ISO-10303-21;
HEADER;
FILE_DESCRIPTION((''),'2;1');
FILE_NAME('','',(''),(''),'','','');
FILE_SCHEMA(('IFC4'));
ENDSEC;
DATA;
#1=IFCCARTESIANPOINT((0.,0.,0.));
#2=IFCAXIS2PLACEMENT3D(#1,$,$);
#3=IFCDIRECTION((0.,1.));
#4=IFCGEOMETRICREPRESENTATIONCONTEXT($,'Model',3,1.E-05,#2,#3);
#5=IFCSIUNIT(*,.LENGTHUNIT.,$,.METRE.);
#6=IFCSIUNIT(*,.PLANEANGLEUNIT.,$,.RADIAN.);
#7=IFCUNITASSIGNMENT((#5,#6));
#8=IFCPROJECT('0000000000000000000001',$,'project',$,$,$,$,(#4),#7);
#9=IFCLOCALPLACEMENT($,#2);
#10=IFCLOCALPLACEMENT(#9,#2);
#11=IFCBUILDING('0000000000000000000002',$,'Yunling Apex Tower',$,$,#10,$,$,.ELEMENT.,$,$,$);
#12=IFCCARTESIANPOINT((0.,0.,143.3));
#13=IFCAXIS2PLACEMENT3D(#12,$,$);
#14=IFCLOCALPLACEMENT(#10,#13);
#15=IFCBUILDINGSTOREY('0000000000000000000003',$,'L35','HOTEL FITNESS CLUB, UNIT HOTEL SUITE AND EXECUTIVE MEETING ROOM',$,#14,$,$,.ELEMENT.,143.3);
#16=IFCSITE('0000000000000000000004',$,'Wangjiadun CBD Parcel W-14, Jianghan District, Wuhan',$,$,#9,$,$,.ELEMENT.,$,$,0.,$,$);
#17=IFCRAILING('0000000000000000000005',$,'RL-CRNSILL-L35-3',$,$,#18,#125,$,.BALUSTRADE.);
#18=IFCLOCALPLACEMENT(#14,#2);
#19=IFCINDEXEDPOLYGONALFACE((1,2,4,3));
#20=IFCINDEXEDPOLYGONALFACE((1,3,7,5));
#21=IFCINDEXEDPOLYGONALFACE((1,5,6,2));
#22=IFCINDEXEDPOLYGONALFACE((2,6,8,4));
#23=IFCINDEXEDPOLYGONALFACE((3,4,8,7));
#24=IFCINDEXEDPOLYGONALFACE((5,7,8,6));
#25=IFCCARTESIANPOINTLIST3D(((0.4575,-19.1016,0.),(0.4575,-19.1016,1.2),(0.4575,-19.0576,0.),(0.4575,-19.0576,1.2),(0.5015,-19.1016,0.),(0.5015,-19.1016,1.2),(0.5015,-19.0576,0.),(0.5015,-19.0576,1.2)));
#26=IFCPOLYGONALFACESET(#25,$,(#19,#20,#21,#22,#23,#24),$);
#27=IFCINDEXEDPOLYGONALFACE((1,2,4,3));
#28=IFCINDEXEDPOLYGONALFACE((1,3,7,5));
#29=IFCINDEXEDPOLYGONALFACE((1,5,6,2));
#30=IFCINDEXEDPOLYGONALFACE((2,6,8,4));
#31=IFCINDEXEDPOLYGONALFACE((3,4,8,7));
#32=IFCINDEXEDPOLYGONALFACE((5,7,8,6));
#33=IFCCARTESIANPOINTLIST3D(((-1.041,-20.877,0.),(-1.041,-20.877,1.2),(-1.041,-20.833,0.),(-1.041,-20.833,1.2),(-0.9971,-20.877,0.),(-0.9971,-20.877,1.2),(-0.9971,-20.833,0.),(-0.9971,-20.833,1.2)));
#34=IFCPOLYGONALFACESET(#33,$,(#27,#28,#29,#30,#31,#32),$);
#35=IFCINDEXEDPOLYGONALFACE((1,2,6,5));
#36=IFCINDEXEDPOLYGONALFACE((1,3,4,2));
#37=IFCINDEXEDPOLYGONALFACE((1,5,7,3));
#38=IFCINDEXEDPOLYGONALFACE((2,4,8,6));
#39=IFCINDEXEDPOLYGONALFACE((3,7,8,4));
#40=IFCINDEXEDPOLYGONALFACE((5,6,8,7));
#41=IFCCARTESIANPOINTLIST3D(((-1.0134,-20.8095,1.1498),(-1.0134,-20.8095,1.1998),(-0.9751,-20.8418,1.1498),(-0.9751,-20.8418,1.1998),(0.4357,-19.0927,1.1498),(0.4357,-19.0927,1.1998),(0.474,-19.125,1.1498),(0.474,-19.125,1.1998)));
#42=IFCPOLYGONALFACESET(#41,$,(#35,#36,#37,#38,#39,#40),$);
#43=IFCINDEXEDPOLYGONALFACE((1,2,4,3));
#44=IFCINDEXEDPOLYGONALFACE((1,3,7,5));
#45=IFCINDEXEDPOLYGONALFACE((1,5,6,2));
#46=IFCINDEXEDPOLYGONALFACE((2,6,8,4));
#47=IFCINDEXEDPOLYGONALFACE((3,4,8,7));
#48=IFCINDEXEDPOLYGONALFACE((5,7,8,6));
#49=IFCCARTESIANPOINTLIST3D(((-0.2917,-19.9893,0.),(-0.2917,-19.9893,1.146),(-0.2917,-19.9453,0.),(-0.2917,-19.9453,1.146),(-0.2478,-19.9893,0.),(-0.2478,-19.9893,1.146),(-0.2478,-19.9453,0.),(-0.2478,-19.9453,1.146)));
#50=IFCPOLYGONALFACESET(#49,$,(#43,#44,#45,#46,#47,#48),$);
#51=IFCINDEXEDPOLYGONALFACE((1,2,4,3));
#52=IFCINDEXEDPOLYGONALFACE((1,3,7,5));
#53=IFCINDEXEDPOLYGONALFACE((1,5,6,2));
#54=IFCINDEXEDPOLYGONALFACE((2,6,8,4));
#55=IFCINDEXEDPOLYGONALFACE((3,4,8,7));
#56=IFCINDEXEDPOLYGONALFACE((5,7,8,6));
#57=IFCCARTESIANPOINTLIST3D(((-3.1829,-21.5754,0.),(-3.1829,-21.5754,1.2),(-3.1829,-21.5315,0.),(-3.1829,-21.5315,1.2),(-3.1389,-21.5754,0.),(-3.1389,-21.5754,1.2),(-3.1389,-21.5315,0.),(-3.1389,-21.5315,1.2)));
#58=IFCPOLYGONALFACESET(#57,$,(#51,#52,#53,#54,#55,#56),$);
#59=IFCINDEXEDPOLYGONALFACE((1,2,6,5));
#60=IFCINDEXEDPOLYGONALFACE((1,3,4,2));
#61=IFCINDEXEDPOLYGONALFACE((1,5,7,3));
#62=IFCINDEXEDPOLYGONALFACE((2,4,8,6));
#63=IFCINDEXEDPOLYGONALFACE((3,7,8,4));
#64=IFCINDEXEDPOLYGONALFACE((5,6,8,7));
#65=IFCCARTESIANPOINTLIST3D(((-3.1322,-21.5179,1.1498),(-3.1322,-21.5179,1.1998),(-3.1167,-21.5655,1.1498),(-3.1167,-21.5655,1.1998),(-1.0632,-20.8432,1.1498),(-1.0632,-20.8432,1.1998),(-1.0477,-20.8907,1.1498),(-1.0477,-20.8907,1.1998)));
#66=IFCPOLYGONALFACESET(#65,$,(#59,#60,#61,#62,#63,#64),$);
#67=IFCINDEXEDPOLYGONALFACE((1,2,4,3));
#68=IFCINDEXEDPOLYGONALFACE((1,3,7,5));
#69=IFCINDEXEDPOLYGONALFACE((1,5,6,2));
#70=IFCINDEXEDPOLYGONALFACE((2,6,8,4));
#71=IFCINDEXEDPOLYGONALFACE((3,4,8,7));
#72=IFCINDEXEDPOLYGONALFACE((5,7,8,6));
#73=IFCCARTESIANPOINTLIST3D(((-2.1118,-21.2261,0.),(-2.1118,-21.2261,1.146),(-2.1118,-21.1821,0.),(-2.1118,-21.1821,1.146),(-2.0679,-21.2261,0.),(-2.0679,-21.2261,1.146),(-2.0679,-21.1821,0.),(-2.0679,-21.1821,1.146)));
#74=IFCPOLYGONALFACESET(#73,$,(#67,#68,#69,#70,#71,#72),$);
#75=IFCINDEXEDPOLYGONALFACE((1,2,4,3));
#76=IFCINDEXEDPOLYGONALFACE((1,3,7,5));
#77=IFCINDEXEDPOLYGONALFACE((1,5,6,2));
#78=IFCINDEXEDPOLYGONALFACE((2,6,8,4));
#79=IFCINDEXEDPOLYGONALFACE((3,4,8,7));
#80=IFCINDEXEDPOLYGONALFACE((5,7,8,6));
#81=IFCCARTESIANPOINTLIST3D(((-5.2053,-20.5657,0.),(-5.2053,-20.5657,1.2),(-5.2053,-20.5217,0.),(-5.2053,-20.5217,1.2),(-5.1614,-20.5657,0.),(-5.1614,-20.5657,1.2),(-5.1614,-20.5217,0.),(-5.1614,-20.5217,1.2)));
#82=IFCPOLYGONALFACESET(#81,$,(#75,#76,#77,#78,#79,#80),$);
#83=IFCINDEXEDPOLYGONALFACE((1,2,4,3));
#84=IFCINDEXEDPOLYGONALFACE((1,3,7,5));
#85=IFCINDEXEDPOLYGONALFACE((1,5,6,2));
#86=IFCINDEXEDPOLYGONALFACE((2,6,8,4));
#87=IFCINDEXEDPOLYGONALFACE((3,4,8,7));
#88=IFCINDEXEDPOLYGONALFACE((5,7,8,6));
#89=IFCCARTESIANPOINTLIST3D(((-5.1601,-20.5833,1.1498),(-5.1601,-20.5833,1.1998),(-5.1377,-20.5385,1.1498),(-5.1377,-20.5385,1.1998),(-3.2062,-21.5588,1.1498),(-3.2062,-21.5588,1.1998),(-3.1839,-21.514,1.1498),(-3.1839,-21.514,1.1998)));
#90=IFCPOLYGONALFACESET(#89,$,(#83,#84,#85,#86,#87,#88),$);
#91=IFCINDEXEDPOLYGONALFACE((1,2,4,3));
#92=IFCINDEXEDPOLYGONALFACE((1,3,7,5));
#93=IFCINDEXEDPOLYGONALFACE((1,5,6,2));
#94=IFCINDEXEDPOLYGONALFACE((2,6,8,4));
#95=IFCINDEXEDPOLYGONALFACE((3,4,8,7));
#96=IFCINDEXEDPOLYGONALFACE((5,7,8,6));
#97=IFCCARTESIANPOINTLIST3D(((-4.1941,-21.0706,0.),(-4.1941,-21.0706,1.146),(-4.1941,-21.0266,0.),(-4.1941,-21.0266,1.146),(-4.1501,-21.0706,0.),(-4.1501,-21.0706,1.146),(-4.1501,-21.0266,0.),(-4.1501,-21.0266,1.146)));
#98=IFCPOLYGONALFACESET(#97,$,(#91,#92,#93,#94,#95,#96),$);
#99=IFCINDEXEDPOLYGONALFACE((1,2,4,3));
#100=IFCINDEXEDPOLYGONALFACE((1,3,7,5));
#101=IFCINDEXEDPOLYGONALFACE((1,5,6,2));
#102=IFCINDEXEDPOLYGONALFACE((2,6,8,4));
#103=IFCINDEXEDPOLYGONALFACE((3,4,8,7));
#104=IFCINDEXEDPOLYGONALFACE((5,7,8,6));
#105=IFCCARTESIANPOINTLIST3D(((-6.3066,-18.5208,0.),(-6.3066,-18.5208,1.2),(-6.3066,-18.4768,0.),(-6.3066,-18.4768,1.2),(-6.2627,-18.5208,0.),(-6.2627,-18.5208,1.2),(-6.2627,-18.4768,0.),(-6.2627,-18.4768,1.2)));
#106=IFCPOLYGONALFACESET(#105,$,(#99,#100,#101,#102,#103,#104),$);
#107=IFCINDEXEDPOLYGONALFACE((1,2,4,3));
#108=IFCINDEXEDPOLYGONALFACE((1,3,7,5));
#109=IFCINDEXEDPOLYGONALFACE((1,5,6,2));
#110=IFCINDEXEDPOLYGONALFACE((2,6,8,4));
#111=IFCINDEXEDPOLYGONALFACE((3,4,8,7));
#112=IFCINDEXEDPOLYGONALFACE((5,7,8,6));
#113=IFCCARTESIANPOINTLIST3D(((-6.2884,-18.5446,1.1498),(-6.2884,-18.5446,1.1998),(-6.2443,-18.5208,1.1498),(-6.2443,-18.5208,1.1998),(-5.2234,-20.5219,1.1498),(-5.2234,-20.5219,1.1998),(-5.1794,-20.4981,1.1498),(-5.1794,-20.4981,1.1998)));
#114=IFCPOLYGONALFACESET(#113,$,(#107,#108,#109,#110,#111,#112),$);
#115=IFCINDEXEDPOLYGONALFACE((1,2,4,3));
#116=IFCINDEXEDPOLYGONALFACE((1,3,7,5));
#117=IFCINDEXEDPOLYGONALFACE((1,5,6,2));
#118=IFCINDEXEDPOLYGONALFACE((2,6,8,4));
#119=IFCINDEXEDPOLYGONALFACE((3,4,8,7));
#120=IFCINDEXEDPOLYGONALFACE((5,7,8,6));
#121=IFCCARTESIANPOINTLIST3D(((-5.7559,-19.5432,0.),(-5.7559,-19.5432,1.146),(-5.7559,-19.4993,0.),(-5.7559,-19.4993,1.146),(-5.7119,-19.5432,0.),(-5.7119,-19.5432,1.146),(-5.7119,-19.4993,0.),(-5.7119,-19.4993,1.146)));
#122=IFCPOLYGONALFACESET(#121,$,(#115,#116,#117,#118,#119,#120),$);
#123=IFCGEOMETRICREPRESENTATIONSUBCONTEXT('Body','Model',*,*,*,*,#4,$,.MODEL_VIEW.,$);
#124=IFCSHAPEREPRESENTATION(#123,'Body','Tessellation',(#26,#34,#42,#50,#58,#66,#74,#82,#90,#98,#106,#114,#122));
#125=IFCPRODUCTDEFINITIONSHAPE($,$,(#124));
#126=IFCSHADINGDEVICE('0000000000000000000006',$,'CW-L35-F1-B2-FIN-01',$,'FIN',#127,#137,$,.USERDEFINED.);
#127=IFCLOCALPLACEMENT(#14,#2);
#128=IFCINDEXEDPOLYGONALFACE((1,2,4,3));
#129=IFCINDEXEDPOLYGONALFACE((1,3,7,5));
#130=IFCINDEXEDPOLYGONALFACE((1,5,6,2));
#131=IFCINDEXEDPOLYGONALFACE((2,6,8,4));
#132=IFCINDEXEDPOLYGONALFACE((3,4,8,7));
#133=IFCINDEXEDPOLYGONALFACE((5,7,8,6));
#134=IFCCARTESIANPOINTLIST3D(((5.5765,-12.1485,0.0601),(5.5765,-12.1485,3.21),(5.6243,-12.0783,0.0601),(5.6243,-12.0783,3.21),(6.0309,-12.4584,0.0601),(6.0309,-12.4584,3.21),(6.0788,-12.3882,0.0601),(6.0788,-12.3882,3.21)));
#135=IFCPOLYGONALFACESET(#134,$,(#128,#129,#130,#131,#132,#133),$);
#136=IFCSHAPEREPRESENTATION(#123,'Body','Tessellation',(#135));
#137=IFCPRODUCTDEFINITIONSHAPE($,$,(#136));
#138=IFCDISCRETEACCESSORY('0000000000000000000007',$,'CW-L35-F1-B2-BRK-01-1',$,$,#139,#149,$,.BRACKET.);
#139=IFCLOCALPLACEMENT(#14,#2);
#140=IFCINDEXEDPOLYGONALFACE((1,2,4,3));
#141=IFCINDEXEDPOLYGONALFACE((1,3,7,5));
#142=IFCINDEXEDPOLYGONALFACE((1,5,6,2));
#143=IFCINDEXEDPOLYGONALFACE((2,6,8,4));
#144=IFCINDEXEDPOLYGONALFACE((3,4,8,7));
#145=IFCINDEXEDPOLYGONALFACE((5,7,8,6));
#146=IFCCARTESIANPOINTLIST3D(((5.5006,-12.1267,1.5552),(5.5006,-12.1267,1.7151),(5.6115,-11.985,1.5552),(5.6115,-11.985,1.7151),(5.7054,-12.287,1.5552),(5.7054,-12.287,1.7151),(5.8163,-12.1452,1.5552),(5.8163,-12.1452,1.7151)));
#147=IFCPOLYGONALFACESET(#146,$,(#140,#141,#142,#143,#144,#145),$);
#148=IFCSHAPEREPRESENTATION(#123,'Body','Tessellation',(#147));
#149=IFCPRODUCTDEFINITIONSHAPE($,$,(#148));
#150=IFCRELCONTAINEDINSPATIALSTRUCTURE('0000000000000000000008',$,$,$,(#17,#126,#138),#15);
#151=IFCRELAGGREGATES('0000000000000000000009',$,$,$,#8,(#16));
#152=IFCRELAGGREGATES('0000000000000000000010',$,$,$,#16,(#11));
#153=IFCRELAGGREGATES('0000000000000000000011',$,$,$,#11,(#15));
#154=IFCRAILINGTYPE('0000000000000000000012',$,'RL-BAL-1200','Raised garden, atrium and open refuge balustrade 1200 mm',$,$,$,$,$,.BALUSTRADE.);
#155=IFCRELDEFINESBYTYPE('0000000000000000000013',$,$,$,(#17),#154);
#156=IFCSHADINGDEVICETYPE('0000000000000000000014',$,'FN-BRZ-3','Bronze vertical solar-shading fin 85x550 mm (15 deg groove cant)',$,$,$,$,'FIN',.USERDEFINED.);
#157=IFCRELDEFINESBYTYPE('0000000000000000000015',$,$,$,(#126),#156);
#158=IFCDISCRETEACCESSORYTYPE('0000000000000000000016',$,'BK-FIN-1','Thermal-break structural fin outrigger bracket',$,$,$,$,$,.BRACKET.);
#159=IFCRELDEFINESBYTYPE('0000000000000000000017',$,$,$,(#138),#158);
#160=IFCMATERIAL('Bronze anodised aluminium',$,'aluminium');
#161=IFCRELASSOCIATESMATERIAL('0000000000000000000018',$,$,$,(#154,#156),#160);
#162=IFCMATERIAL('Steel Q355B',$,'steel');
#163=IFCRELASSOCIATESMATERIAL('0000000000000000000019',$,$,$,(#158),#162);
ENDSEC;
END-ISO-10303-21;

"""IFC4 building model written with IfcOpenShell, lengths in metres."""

from ifc_helpers import new_model, si_unit, direction, frame, origin, origin_2d, place, context, subcontext, project, spatial, rectangle, extrude, source, transform, mapped, material, material_profile, profile_set, type_object, element, save


model = new_model("IFC4")

# Units and contexts
model_context = context("Model", 3, precision=1e-05, world=origin(), true_north=direction((0.0, 1.0)))
body_context = subcontext(model_context, "Body", "Model", "MODEL_VIEW")
ifc_project = project(units=[si_unit("LENGTHUNIT", "METRE"), si_unit("PLANEANGLEUNIT", "RADIAN")], contexts=[model_context])

# Site, building, storey
site_placement = place(None, origin())
site = spatial("IfcSite", under=ifc_project, at=site_placement, Name="Wangjiadun CBD Parcel W-14, Jianghan District, Wuhan", CompositionType="ELEMENT", RefElevation=0.0)
building_placement = place(site_placement, origin())
building = spatial("IfcBuilding", under=site, at=building_placement, Name="Yunling Apex Tower", CompositionType="ELEMENT")
storey_placement = place(building_placement, frame((0.0, 0.0, 143.3)))
storey = spatial("IfcBuildingStorey", under=building, at=storey_placement, Name="L35", Description="HOTEL FITNESS CLUB, UNIT HOTEL SUITE AND EXECUTIVE MEETING ROOM", CompositionType="ELEMENT", Elevation=143.3)

# Shared definitions
ifc_material_1 = material(Name="Steel Q355B", Category="steel")

# Shared definitions
ifc_material_2 = material(Name="Bronze anodised aluminium", Category="aluminium")

# Railing
railing_type = type_object("IfcRailingType", Name="RL-BAL-1200", Description="Raised garden, atrium and open refuge balustrade 1200 mm", PredefinedType="BALUSTRADE", material=ifc_material_2)
railing_placement = place(storey_placement, frame((0.4795, -19.0796, 0.0)))
element("IfcRailing", 1, at=railing_placement, inside=storey, type_object=railing_type, Name="RL-CRNSILL-L35-3", PredefinedType="BALUSTRADE", context=body_context, shape_type="SweptSolid", body=[
    extrude(rectangle(XDim=0.0439, YDim=0.0439, at=origin_2d()), origin(), (0.0, 0.0, 1.0), 1.2),
    extrude(rectangle(XDim=0.0439, YDim=0.0439, at=origin_2d()), frame((-1.4985, -1.7754, 0.0)), (0.0, 0.0, 1.0), 1.2),
    extrude(rectangle(XDim=0.05, YDim=0.05, at=origin_2d()), frame((-0.0247, -0.0293, 1.1748), z_axis=(-0.645009, -0.764175, 0.0), x_axis=(0.764175, -0.645009, 0.0)), (0.0, 0.0, 1.0), 2.2466),
    extrude(rectangle(XDim=0.0439, YDim=0.0439, at=origin_2d()), frame((-0.7493, -0.8877, 0.0)), (0.0, 0.0, 1.0), 1.146),
    extrude(rectangle(XDim=0.0439, YDim=0.0439, at=origin_2d()), frame((-3.6404, -2.4739, 0.0)), (0.0, 0.0, 1.0), 1.2),
    extrude(rectangle(XDim=0.05, YDim=0.05, at=origin_2d()), frame((-1.5349, -1.7874, 1.1748), z_axis=(-0.950722, -0.310044, 0.0), x_axis=(0.310044, -0.950722, 0.0)), (0.0, 0.0, 1.0), 2.1763),
    extrude(rectangle(XDim=0.0439, YDim=0.0439, at=origin_2d()), frame((-2.5693, -2.1245, 0.0)), (0.0, 0.0, 1.0), 1.146),
    extrude(rectangle(XDim=0.0439, YDim=0.0439, at=origin_2d()), frame((-5.6628, -1.4641, 0.0)), (0.0, 0.0, 1.0), 1.2),
    extrude(rectangle(XDim=0.05, YDim=0.05, at=origin_2d()), frame((-3.6746, -2.4568, 1.1748), z_axis=(-0.894686, 0.446695, 0.0), x_axis=(-0.446695, -0.894686, 0.0)), (0.0, 0.0, 1.0), 2.1838),
    extrude(rectangle(XDim=0.0439, YDim=0.0439, at=origin_2d()), frame((-4.6516, -1.969, 0.0)), (0.0, 0.0, 1.0), 1.146),
    extrude(rectangle(XDim=0.0439, YDim=0.0439, at=origin_2d()), frame((-6.7642, 0.5808, 0.0)), (0.0, 0.0, 1.0), 1.2),
    extrude(rectangle(XDim=0.05, YDim=0.05, at=origin_2d()), frame((-5.6809, -1.4304, 1.1748), z_axis=(-0.474169, 0.880434, 0.0), x_axis=(-0.880434, -0.474169, 0.0)), (0.0, 0.0, 1.0), 2.2458),
    extrude(rectangle(XDim=0.0439, YDim=0.0439, at=origin_2d()), frame((-6.2134, -0.4417, 0.0)), (0.0, 0.0, 1.0), 1.146),
])

# Shading device
ifc_material_profile_1 = material_profile(ifc_material_2, rectangle(XDim=0.085, YDim=0.55, at=origin_2d()))
ifc_profile_set_1 = profile_set([ifc_material_profile_1], Name="Bronze anodised aluminium")
shading_device_type = type_object("IfcShadingDeviceType", Name="FN-BRZ-3", Description="Bronze vertical solar-shading fin 85x550 mm (15 deg groove cant)", ElementType="FIN", PredefinedType="USERDEFINED", material=ifc_profile_set_1)
shared_shape_1 = source(origin(), body_context, "Body", "SweptSolid", [
    extrude(rectangle(XDim=0.085, YDim=0.55, at=origin_2d()), origin(), (0.0, 0.0, 1.0), 3.1499),
])
shading_device_placement = place(storey_placement, frame((5.8276, -12.2683, 0.0601), z_axis=(0.0, 0.0, 1.0), x_axis=(0.563382, 0.826197, 0.0)))
element("IfcShadingDevice", 2, at=shading_device_placement, inside=storey, type_object=shading_device_type, Name="CW-L35-F1-B2-FIN-01", ObjectType="FIN", PredefinedType="USERDEFINED", context=body_context, shape_type="MappedRepresentation", body=[
    mapped(shared_shape_1, transform((0.0, 0.0, 0.0), scale=1.0)),
])

# Discrete accessory
discrete_accessory_type = type_object("IfcDiscreteAccessoryType", Name="BK-FIN-1", Description="Thermal-break structural fin outrigger bracket", PredefinedType="BRACKET", material=ifc_material_1)
shared_shape_2 = source(origin(), body_context, "Body", "SweptSolid", [
    extrude(rectangle(XDim=0.1799, YDim=0.26, at=origin_2d()), origin(), (0.0, 0.0, 1.0), 0.1599),
])
discrete_accessory_placement = place(storey_placement, frame((5.6584, -12.136, 1.5552), z_axis=(0.0, 0.0, 1.0), x_axis=(0.616211, 0.787581, 0.0)))
element("IfcDiscreteAccessory", 3, at=discrete_accessory_placement, inside=storey, type_object=discrete_accessory_type, Name="CW-L35-F1-B2-BRK-01-1", PredefinedType="BRACKET", context=body_context, shape_type="MappedRepresentation", body=[
    mapped(shared_shape_2, transform((0.0, 0.0, 0.0), scale=1.0)),
])

save(model, "model.ifc")
